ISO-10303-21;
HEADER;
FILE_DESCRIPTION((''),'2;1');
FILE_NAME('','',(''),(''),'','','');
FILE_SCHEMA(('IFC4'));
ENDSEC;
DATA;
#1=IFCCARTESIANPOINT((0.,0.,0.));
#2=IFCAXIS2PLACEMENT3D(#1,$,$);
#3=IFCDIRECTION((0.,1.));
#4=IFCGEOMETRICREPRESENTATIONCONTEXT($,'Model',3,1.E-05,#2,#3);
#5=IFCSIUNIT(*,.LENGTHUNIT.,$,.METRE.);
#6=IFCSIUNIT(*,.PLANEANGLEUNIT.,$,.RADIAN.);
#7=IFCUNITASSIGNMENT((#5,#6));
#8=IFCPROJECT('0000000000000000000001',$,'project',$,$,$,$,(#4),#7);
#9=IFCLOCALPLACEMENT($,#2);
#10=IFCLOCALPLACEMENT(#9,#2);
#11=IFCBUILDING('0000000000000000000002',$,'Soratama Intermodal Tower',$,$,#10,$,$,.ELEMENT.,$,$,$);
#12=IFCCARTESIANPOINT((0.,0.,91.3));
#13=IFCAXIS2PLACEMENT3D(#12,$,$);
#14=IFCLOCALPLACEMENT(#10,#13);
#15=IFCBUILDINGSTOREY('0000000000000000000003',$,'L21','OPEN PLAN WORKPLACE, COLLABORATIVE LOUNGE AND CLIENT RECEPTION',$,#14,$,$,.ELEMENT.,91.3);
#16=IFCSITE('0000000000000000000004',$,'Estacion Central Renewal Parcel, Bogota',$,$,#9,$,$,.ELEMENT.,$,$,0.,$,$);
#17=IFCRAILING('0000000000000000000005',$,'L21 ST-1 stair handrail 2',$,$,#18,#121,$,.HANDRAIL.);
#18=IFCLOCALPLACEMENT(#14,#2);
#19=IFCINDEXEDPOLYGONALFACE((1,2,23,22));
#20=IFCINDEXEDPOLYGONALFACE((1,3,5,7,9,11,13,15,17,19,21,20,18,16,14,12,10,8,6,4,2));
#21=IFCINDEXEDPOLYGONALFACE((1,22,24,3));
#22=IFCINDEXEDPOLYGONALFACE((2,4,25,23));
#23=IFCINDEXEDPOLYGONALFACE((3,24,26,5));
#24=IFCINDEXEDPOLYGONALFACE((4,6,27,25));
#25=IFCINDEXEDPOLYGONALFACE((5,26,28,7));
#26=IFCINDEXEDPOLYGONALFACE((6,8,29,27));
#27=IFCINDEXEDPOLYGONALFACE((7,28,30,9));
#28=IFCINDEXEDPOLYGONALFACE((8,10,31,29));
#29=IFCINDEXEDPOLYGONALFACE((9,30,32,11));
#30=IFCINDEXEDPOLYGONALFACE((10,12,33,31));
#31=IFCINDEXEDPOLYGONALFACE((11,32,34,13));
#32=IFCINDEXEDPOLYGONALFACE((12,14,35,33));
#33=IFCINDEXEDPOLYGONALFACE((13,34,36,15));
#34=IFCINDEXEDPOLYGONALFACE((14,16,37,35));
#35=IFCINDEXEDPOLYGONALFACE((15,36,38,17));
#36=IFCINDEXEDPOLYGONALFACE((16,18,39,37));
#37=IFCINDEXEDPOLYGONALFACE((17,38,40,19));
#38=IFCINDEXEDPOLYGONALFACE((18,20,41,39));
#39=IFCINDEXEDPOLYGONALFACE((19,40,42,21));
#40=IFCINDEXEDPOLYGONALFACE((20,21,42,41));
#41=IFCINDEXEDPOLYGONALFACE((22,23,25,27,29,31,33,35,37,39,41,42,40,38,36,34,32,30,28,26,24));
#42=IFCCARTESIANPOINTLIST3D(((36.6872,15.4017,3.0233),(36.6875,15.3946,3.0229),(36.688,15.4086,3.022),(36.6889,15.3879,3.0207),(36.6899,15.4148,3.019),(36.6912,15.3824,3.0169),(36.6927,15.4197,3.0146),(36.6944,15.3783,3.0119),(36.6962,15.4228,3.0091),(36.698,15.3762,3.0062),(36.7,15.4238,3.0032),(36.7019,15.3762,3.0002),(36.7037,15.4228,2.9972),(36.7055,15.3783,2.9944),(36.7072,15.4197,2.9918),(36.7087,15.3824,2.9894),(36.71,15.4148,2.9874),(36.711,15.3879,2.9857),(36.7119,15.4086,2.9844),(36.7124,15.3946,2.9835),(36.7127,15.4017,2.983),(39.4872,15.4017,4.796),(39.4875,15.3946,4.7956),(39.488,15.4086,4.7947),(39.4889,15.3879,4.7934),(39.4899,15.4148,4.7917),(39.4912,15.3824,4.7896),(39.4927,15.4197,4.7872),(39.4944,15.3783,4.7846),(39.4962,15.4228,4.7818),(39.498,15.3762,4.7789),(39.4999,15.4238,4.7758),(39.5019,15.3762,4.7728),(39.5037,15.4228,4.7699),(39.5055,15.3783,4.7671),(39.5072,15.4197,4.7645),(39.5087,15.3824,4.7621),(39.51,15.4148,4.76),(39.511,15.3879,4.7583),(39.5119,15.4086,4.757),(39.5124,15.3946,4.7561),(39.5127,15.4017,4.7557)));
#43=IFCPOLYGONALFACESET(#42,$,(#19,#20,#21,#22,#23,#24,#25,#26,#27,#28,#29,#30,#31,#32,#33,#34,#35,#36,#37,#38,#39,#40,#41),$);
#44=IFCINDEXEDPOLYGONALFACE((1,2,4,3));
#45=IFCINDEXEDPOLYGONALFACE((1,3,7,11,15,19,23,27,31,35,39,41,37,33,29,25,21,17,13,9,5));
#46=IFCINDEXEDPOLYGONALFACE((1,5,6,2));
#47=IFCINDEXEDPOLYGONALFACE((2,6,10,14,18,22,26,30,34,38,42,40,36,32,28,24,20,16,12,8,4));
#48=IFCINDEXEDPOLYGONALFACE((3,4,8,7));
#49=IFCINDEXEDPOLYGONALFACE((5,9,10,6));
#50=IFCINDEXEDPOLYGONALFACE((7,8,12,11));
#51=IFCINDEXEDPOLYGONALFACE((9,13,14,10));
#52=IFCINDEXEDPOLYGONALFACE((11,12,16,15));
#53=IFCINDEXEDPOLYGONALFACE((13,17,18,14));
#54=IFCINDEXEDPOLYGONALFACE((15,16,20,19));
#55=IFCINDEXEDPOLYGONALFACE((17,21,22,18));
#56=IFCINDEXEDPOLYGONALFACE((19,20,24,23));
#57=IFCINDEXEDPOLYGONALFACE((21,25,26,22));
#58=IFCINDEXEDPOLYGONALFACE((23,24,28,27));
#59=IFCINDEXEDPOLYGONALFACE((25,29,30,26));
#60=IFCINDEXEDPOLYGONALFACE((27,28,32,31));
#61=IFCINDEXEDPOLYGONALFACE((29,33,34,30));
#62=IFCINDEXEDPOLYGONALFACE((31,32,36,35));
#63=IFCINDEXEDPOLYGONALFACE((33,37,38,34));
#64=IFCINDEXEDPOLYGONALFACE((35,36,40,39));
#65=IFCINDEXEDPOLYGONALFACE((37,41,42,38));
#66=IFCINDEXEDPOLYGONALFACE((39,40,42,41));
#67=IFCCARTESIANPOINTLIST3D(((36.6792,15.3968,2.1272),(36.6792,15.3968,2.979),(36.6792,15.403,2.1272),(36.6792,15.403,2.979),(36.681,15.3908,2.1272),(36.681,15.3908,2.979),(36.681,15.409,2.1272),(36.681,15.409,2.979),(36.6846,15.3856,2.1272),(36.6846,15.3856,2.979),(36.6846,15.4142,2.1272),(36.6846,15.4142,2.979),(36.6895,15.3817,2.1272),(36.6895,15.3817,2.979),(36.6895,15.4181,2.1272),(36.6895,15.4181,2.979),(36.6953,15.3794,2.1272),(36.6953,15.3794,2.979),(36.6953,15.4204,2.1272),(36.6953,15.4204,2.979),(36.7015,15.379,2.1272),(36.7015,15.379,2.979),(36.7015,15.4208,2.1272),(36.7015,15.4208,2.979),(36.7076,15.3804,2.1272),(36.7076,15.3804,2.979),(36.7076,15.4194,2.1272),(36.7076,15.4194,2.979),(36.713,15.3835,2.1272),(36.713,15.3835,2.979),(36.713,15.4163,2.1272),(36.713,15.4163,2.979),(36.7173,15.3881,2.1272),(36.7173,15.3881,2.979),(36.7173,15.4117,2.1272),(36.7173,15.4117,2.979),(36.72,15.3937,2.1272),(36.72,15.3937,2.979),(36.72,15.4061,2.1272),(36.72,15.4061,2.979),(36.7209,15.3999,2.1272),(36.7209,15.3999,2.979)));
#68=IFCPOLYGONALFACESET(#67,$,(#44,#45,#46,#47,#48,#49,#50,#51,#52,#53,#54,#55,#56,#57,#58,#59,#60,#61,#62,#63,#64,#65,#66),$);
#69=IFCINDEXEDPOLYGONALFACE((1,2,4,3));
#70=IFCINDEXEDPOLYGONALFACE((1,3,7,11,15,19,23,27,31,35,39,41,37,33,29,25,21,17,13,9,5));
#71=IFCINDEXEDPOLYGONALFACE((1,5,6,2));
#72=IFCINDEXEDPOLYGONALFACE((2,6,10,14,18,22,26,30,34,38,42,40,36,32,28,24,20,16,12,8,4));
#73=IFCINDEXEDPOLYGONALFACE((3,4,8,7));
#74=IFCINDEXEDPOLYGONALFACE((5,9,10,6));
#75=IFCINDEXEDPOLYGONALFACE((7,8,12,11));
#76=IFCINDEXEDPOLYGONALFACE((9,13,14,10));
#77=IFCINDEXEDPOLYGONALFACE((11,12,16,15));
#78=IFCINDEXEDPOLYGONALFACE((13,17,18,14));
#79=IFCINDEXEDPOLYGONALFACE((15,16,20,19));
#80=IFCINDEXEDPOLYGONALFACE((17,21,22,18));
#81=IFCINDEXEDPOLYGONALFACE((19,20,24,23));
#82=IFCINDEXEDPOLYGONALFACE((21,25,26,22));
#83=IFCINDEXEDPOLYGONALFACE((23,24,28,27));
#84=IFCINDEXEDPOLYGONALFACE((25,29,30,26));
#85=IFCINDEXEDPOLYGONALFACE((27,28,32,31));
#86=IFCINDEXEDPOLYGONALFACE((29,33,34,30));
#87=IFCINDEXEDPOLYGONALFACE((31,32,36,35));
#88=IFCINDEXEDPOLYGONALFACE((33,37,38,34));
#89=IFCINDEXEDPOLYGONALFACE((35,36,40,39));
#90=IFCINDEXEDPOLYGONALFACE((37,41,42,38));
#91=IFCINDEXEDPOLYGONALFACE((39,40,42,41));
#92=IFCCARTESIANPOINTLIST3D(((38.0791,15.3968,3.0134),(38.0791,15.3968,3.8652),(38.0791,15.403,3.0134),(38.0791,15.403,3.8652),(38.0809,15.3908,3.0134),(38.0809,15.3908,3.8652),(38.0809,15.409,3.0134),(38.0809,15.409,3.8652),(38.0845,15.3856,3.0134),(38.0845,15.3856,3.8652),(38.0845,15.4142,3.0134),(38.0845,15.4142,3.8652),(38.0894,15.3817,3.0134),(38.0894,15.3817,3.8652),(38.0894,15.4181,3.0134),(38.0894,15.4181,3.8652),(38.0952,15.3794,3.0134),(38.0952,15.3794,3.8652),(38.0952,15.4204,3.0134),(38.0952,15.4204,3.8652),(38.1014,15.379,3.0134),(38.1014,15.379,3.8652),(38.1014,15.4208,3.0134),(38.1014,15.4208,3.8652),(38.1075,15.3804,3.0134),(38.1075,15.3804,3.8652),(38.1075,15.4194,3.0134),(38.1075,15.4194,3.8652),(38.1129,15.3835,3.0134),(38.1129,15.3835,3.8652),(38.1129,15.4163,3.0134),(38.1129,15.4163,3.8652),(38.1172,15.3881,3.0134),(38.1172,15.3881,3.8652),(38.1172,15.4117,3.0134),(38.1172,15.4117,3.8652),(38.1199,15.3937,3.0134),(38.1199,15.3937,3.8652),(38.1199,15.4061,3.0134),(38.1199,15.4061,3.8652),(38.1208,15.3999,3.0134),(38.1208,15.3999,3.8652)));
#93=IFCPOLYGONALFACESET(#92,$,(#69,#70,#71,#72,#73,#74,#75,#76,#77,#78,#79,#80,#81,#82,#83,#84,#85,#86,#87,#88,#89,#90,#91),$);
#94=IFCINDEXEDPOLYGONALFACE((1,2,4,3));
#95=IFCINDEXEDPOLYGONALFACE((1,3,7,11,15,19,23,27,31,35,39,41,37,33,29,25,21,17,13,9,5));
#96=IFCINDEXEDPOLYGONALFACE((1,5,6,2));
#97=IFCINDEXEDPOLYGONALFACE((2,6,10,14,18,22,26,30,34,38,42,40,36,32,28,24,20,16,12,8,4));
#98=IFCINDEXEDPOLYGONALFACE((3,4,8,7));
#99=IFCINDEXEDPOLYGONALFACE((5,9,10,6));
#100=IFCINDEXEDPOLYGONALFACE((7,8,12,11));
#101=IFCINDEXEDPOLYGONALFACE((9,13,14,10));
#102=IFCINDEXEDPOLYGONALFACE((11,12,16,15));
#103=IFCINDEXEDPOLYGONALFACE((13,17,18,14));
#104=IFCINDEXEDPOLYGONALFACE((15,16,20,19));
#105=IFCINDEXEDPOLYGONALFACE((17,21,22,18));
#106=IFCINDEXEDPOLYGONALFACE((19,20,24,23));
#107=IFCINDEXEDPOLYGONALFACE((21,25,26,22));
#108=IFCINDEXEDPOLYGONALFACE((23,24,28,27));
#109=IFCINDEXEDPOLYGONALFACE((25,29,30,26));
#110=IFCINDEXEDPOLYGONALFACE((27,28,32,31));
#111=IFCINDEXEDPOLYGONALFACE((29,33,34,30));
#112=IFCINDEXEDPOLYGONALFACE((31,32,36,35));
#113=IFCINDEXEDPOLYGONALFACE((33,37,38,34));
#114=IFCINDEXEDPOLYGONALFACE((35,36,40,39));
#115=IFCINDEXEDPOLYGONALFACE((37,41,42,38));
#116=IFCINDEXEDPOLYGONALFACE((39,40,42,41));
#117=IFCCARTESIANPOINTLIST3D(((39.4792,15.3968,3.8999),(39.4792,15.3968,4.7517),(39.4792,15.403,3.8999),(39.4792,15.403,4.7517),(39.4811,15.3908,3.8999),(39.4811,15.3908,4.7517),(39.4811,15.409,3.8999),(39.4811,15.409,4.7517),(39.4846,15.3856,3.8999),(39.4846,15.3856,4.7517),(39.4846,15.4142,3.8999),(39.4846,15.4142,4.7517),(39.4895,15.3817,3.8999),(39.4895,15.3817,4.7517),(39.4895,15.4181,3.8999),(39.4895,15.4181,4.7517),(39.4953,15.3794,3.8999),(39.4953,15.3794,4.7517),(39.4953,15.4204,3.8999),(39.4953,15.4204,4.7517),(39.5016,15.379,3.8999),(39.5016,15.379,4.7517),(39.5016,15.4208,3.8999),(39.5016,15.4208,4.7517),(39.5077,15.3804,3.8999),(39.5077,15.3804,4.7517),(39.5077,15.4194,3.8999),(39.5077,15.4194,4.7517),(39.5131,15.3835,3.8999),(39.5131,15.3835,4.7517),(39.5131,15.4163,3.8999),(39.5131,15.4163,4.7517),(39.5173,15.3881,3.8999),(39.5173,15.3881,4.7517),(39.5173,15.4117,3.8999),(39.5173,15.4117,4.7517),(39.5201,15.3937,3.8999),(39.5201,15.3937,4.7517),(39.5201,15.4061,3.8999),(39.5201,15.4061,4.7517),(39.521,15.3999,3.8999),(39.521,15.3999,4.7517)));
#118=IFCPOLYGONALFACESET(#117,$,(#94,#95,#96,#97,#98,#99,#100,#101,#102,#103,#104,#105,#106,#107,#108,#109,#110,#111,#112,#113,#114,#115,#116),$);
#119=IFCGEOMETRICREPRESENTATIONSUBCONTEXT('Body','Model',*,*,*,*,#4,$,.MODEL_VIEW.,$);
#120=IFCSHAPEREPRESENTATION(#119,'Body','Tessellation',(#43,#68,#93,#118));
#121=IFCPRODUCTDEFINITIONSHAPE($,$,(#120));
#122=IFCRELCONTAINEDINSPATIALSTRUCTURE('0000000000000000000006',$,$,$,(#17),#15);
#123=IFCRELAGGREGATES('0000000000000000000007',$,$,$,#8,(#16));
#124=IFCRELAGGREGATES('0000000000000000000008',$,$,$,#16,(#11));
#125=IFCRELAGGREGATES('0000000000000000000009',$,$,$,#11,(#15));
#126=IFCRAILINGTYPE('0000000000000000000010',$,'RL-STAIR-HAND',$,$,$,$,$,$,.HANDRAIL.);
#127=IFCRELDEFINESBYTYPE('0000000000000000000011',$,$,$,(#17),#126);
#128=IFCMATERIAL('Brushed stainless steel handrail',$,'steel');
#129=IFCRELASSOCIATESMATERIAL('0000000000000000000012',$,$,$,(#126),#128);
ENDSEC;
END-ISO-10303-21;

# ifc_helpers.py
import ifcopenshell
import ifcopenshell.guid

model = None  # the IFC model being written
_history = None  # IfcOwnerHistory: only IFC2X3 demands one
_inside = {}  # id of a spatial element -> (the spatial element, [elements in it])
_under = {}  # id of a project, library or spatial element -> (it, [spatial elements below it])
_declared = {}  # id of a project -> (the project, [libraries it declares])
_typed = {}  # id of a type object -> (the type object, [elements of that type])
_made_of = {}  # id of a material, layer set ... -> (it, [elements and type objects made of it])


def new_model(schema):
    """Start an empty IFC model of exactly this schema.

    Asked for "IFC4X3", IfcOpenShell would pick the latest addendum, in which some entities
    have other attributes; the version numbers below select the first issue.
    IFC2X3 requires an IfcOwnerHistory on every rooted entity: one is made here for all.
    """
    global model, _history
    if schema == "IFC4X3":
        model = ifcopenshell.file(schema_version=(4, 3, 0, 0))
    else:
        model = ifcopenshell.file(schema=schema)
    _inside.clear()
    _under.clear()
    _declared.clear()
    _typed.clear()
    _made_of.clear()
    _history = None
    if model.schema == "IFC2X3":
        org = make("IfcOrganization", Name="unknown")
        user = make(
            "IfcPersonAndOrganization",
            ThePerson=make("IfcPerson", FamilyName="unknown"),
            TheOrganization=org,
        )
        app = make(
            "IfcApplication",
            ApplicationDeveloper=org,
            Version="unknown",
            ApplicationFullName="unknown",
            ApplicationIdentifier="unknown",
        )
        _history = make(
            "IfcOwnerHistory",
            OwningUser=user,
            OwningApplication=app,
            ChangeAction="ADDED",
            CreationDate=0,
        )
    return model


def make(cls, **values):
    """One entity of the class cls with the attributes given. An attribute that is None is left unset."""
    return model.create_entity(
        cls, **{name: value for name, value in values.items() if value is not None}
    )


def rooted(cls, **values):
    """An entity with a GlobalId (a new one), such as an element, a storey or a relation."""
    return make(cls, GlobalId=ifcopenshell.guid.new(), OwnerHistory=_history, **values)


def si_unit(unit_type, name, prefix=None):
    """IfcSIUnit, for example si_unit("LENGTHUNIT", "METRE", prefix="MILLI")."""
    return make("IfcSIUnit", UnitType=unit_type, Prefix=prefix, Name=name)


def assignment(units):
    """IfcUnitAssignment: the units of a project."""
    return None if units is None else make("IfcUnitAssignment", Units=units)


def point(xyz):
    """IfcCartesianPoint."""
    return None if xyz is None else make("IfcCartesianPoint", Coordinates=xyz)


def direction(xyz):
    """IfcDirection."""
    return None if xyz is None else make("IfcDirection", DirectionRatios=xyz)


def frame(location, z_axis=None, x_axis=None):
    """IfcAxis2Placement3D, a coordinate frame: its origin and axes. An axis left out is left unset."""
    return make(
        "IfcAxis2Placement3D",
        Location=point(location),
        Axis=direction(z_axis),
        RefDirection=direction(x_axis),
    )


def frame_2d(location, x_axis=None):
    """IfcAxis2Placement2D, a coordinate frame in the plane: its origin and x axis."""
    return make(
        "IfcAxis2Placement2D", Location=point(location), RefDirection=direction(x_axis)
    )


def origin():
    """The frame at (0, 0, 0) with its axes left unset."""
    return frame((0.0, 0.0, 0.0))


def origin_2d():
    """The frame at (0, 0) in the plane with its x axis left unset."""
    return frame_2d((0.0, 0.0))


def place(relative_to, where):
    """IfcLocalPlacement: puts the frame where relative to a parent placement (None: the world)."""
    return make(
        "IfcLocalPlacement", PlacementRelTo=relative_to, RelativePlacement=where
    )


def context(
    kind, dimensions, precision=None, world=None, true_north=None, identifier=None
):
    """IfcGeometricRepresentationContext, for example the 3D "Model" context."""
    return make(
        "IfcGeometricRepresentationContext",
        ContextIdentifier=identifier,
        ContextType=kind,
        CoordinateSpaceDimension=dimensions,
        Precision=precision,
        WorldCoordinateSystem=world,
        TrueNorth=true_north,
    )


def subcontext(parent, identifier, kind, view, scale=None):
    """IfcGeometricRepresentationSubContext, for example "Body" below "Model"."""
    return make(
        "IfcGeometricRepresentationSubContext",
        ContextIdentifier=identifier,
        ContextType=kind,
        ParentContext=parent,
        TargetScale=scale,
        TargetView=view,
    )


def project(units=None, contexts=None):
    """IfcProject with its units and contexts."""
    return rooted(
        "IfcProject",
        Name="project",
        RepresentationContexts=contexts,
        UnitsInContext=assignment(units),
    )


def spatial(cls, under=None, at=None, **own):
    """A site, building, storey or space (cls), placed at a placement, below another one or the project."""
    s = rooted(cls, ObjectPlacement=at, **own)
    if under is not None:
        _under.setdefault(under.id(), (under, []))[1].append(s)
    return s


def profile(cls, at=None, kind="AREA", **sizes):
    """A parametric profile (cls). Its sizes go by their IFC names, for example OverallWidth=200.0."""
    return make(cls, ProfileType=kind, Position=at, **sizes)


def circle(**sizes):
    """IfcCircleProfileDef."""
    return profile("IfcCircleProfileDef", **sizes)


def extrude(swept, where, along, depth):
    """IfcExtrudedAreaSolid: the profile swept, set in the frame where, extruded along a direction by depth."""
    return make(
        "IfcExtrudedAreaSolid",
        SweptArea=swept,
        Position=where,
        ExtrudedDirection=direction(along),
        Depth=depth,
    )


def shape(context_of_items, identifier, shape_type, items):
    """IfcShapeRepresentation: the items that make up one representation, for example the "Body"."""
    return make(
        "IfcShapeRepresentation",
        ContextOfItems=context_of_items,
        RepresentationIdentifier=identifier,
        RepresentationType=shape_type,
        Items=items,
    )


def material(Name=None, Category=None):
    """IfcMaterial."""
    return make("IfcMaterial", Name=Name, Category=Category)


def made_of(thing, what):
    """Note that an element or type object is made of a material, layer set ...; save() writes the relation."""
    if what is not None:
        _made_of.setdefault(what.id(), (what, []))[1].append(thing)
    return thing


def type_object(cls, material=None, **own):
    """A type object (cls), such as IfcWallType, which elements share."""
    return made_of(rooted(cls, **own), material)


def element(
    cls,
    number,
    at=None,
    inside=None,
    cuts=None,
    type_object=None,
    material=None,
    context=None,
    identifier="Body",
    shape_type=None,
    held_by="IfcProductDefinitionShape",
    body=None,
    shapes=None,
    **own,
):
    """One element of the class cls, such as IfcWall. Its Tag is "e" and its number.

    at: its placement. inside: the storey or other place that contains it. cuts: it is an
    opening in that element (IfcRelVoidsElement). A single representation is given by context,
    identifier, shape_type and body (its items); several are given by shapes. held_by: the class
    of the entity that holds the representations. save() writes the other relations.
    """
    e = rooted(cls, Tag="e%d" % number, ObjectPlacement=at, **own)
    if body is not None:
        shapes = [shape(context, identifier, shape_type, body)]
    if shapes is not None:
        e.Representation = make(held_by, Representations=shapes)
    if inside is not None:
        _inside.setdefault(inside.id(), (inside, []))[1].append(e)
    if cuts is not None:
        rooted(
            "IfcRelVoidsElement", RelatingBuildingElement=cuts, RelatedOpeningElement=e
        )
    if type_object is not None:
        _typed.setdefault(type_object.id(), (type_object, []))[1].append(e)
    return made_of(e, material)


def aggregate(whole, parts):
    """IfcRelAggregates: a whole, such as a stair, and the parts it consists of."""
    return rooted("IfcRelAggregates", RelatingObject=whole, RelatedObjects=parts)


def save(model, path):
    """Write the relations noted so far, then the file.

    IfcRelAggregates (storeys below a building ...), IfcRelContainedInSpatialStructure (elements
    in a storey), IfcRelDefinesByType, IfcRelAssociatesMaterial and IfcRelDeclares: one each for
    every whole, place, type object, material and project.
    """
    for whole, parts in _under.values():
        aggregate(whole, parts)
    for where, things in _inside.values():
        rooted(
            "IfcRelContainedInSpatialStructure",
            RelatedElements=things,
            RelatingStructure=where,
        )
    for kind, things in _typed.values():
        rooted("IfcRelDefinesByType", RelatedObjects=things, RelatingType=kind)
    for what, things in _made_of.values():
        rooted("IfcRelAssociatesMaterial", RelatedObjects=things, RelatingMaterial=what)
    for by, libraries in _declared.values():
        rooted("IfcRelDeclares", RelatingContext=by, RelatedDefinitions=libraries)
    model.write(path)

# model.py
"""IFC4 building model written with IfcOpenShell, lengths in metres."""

from ifc_helpers import new_model, si_unit, direction, frame, origin, origin_2d, place, context, subcontext, project, spatial, circle, extrude, material, type_object, element, save


model = new_model("IFC4")

# Units and contexts
model_context = context("Model", 3, precision=1e-05, world=origin(), true_north=direction((0.0, 1.0)))
body_context = subcontext(model_context, "Body", "Model", "MODEL_VIEW")
ifc_project = project(units=[si_unit("LENGTHUNIT", "METRE"), si_unit("PLANEANGLEUNIT", "RADIAN")], contexts=[model_context])

# Site, building, storey
site_placement = place(None, origin())
site = spatial("IfcSite", under=ifc_project, at=site_placement, Name="Estacion Central Renewal Parcel, Bogota", CompositionType="ELEMENT", RefElevation=0.0)
building_placement = place(site_placement, origin())
building = spatial("IfcBuilding", under=site, at=building_placement, Name="Soratama Intermodal Tower", CompositionType="ELEMENT")
storey_placement = place(building_placement, frame((0.0, 0.0, 91.3)))
storey = spatial("IfcBuildingStorey", under=building, at=storey_placement, Name="L21", Description="OPEN PLAN WORKPLACE, COLLABORATIVE LOUNGE AND CLIENT RECEPTION", CompositionType="ELEMENT", Elevation=91.3)

# Railing
ifc_material_1 = material(Name="Brushed stainless steel handrail", Category="steel")
railing_type_1 = type_object("IfcRailingType", Name="RL-STAIR-HAND", PredefinedType="HANDRAIL", material=ifc_material_1)
railing_1_placement = place(storey_placement, frame((36.7, 15.3999, 2.1272)))
element("IfcRailing", 1, at=railing_1_placement, inside=storey, type_object=railing_type_1, Name="L21 ST-1 stair handrail 2", PredefinedType="HANDRAIL", context=body_context, shape_type="SweptSolid", body=[
    extrude(circle(Radius=0.0239, at=origin_2d()), frame((0.0, 0.0, 0.876), z_axis=(0.844909, 0.0, 0.53491), x_axis=(0.0, 1.0, 0.0)), (0.0, 0.0, 1.0), 3.314),
    extrude(circle(Radius=0.021, at=origin_2d()), origin(), (0.0, 0.0, 1.0), 0.8518),
    extrude(circle(Radius=0.021, at=origin_2d()), frame((1.3999, 0.0, 0.8862)), (0.0, 0.0, 1.0), 0.8518),
    extrude(circle(Radius=0.021, at=origin_2d()), frame((2.8, 0.0, 1.7727)), (0.0, 0.0, 1.0), 0.8518),
])

save(model, "model.ifc")
